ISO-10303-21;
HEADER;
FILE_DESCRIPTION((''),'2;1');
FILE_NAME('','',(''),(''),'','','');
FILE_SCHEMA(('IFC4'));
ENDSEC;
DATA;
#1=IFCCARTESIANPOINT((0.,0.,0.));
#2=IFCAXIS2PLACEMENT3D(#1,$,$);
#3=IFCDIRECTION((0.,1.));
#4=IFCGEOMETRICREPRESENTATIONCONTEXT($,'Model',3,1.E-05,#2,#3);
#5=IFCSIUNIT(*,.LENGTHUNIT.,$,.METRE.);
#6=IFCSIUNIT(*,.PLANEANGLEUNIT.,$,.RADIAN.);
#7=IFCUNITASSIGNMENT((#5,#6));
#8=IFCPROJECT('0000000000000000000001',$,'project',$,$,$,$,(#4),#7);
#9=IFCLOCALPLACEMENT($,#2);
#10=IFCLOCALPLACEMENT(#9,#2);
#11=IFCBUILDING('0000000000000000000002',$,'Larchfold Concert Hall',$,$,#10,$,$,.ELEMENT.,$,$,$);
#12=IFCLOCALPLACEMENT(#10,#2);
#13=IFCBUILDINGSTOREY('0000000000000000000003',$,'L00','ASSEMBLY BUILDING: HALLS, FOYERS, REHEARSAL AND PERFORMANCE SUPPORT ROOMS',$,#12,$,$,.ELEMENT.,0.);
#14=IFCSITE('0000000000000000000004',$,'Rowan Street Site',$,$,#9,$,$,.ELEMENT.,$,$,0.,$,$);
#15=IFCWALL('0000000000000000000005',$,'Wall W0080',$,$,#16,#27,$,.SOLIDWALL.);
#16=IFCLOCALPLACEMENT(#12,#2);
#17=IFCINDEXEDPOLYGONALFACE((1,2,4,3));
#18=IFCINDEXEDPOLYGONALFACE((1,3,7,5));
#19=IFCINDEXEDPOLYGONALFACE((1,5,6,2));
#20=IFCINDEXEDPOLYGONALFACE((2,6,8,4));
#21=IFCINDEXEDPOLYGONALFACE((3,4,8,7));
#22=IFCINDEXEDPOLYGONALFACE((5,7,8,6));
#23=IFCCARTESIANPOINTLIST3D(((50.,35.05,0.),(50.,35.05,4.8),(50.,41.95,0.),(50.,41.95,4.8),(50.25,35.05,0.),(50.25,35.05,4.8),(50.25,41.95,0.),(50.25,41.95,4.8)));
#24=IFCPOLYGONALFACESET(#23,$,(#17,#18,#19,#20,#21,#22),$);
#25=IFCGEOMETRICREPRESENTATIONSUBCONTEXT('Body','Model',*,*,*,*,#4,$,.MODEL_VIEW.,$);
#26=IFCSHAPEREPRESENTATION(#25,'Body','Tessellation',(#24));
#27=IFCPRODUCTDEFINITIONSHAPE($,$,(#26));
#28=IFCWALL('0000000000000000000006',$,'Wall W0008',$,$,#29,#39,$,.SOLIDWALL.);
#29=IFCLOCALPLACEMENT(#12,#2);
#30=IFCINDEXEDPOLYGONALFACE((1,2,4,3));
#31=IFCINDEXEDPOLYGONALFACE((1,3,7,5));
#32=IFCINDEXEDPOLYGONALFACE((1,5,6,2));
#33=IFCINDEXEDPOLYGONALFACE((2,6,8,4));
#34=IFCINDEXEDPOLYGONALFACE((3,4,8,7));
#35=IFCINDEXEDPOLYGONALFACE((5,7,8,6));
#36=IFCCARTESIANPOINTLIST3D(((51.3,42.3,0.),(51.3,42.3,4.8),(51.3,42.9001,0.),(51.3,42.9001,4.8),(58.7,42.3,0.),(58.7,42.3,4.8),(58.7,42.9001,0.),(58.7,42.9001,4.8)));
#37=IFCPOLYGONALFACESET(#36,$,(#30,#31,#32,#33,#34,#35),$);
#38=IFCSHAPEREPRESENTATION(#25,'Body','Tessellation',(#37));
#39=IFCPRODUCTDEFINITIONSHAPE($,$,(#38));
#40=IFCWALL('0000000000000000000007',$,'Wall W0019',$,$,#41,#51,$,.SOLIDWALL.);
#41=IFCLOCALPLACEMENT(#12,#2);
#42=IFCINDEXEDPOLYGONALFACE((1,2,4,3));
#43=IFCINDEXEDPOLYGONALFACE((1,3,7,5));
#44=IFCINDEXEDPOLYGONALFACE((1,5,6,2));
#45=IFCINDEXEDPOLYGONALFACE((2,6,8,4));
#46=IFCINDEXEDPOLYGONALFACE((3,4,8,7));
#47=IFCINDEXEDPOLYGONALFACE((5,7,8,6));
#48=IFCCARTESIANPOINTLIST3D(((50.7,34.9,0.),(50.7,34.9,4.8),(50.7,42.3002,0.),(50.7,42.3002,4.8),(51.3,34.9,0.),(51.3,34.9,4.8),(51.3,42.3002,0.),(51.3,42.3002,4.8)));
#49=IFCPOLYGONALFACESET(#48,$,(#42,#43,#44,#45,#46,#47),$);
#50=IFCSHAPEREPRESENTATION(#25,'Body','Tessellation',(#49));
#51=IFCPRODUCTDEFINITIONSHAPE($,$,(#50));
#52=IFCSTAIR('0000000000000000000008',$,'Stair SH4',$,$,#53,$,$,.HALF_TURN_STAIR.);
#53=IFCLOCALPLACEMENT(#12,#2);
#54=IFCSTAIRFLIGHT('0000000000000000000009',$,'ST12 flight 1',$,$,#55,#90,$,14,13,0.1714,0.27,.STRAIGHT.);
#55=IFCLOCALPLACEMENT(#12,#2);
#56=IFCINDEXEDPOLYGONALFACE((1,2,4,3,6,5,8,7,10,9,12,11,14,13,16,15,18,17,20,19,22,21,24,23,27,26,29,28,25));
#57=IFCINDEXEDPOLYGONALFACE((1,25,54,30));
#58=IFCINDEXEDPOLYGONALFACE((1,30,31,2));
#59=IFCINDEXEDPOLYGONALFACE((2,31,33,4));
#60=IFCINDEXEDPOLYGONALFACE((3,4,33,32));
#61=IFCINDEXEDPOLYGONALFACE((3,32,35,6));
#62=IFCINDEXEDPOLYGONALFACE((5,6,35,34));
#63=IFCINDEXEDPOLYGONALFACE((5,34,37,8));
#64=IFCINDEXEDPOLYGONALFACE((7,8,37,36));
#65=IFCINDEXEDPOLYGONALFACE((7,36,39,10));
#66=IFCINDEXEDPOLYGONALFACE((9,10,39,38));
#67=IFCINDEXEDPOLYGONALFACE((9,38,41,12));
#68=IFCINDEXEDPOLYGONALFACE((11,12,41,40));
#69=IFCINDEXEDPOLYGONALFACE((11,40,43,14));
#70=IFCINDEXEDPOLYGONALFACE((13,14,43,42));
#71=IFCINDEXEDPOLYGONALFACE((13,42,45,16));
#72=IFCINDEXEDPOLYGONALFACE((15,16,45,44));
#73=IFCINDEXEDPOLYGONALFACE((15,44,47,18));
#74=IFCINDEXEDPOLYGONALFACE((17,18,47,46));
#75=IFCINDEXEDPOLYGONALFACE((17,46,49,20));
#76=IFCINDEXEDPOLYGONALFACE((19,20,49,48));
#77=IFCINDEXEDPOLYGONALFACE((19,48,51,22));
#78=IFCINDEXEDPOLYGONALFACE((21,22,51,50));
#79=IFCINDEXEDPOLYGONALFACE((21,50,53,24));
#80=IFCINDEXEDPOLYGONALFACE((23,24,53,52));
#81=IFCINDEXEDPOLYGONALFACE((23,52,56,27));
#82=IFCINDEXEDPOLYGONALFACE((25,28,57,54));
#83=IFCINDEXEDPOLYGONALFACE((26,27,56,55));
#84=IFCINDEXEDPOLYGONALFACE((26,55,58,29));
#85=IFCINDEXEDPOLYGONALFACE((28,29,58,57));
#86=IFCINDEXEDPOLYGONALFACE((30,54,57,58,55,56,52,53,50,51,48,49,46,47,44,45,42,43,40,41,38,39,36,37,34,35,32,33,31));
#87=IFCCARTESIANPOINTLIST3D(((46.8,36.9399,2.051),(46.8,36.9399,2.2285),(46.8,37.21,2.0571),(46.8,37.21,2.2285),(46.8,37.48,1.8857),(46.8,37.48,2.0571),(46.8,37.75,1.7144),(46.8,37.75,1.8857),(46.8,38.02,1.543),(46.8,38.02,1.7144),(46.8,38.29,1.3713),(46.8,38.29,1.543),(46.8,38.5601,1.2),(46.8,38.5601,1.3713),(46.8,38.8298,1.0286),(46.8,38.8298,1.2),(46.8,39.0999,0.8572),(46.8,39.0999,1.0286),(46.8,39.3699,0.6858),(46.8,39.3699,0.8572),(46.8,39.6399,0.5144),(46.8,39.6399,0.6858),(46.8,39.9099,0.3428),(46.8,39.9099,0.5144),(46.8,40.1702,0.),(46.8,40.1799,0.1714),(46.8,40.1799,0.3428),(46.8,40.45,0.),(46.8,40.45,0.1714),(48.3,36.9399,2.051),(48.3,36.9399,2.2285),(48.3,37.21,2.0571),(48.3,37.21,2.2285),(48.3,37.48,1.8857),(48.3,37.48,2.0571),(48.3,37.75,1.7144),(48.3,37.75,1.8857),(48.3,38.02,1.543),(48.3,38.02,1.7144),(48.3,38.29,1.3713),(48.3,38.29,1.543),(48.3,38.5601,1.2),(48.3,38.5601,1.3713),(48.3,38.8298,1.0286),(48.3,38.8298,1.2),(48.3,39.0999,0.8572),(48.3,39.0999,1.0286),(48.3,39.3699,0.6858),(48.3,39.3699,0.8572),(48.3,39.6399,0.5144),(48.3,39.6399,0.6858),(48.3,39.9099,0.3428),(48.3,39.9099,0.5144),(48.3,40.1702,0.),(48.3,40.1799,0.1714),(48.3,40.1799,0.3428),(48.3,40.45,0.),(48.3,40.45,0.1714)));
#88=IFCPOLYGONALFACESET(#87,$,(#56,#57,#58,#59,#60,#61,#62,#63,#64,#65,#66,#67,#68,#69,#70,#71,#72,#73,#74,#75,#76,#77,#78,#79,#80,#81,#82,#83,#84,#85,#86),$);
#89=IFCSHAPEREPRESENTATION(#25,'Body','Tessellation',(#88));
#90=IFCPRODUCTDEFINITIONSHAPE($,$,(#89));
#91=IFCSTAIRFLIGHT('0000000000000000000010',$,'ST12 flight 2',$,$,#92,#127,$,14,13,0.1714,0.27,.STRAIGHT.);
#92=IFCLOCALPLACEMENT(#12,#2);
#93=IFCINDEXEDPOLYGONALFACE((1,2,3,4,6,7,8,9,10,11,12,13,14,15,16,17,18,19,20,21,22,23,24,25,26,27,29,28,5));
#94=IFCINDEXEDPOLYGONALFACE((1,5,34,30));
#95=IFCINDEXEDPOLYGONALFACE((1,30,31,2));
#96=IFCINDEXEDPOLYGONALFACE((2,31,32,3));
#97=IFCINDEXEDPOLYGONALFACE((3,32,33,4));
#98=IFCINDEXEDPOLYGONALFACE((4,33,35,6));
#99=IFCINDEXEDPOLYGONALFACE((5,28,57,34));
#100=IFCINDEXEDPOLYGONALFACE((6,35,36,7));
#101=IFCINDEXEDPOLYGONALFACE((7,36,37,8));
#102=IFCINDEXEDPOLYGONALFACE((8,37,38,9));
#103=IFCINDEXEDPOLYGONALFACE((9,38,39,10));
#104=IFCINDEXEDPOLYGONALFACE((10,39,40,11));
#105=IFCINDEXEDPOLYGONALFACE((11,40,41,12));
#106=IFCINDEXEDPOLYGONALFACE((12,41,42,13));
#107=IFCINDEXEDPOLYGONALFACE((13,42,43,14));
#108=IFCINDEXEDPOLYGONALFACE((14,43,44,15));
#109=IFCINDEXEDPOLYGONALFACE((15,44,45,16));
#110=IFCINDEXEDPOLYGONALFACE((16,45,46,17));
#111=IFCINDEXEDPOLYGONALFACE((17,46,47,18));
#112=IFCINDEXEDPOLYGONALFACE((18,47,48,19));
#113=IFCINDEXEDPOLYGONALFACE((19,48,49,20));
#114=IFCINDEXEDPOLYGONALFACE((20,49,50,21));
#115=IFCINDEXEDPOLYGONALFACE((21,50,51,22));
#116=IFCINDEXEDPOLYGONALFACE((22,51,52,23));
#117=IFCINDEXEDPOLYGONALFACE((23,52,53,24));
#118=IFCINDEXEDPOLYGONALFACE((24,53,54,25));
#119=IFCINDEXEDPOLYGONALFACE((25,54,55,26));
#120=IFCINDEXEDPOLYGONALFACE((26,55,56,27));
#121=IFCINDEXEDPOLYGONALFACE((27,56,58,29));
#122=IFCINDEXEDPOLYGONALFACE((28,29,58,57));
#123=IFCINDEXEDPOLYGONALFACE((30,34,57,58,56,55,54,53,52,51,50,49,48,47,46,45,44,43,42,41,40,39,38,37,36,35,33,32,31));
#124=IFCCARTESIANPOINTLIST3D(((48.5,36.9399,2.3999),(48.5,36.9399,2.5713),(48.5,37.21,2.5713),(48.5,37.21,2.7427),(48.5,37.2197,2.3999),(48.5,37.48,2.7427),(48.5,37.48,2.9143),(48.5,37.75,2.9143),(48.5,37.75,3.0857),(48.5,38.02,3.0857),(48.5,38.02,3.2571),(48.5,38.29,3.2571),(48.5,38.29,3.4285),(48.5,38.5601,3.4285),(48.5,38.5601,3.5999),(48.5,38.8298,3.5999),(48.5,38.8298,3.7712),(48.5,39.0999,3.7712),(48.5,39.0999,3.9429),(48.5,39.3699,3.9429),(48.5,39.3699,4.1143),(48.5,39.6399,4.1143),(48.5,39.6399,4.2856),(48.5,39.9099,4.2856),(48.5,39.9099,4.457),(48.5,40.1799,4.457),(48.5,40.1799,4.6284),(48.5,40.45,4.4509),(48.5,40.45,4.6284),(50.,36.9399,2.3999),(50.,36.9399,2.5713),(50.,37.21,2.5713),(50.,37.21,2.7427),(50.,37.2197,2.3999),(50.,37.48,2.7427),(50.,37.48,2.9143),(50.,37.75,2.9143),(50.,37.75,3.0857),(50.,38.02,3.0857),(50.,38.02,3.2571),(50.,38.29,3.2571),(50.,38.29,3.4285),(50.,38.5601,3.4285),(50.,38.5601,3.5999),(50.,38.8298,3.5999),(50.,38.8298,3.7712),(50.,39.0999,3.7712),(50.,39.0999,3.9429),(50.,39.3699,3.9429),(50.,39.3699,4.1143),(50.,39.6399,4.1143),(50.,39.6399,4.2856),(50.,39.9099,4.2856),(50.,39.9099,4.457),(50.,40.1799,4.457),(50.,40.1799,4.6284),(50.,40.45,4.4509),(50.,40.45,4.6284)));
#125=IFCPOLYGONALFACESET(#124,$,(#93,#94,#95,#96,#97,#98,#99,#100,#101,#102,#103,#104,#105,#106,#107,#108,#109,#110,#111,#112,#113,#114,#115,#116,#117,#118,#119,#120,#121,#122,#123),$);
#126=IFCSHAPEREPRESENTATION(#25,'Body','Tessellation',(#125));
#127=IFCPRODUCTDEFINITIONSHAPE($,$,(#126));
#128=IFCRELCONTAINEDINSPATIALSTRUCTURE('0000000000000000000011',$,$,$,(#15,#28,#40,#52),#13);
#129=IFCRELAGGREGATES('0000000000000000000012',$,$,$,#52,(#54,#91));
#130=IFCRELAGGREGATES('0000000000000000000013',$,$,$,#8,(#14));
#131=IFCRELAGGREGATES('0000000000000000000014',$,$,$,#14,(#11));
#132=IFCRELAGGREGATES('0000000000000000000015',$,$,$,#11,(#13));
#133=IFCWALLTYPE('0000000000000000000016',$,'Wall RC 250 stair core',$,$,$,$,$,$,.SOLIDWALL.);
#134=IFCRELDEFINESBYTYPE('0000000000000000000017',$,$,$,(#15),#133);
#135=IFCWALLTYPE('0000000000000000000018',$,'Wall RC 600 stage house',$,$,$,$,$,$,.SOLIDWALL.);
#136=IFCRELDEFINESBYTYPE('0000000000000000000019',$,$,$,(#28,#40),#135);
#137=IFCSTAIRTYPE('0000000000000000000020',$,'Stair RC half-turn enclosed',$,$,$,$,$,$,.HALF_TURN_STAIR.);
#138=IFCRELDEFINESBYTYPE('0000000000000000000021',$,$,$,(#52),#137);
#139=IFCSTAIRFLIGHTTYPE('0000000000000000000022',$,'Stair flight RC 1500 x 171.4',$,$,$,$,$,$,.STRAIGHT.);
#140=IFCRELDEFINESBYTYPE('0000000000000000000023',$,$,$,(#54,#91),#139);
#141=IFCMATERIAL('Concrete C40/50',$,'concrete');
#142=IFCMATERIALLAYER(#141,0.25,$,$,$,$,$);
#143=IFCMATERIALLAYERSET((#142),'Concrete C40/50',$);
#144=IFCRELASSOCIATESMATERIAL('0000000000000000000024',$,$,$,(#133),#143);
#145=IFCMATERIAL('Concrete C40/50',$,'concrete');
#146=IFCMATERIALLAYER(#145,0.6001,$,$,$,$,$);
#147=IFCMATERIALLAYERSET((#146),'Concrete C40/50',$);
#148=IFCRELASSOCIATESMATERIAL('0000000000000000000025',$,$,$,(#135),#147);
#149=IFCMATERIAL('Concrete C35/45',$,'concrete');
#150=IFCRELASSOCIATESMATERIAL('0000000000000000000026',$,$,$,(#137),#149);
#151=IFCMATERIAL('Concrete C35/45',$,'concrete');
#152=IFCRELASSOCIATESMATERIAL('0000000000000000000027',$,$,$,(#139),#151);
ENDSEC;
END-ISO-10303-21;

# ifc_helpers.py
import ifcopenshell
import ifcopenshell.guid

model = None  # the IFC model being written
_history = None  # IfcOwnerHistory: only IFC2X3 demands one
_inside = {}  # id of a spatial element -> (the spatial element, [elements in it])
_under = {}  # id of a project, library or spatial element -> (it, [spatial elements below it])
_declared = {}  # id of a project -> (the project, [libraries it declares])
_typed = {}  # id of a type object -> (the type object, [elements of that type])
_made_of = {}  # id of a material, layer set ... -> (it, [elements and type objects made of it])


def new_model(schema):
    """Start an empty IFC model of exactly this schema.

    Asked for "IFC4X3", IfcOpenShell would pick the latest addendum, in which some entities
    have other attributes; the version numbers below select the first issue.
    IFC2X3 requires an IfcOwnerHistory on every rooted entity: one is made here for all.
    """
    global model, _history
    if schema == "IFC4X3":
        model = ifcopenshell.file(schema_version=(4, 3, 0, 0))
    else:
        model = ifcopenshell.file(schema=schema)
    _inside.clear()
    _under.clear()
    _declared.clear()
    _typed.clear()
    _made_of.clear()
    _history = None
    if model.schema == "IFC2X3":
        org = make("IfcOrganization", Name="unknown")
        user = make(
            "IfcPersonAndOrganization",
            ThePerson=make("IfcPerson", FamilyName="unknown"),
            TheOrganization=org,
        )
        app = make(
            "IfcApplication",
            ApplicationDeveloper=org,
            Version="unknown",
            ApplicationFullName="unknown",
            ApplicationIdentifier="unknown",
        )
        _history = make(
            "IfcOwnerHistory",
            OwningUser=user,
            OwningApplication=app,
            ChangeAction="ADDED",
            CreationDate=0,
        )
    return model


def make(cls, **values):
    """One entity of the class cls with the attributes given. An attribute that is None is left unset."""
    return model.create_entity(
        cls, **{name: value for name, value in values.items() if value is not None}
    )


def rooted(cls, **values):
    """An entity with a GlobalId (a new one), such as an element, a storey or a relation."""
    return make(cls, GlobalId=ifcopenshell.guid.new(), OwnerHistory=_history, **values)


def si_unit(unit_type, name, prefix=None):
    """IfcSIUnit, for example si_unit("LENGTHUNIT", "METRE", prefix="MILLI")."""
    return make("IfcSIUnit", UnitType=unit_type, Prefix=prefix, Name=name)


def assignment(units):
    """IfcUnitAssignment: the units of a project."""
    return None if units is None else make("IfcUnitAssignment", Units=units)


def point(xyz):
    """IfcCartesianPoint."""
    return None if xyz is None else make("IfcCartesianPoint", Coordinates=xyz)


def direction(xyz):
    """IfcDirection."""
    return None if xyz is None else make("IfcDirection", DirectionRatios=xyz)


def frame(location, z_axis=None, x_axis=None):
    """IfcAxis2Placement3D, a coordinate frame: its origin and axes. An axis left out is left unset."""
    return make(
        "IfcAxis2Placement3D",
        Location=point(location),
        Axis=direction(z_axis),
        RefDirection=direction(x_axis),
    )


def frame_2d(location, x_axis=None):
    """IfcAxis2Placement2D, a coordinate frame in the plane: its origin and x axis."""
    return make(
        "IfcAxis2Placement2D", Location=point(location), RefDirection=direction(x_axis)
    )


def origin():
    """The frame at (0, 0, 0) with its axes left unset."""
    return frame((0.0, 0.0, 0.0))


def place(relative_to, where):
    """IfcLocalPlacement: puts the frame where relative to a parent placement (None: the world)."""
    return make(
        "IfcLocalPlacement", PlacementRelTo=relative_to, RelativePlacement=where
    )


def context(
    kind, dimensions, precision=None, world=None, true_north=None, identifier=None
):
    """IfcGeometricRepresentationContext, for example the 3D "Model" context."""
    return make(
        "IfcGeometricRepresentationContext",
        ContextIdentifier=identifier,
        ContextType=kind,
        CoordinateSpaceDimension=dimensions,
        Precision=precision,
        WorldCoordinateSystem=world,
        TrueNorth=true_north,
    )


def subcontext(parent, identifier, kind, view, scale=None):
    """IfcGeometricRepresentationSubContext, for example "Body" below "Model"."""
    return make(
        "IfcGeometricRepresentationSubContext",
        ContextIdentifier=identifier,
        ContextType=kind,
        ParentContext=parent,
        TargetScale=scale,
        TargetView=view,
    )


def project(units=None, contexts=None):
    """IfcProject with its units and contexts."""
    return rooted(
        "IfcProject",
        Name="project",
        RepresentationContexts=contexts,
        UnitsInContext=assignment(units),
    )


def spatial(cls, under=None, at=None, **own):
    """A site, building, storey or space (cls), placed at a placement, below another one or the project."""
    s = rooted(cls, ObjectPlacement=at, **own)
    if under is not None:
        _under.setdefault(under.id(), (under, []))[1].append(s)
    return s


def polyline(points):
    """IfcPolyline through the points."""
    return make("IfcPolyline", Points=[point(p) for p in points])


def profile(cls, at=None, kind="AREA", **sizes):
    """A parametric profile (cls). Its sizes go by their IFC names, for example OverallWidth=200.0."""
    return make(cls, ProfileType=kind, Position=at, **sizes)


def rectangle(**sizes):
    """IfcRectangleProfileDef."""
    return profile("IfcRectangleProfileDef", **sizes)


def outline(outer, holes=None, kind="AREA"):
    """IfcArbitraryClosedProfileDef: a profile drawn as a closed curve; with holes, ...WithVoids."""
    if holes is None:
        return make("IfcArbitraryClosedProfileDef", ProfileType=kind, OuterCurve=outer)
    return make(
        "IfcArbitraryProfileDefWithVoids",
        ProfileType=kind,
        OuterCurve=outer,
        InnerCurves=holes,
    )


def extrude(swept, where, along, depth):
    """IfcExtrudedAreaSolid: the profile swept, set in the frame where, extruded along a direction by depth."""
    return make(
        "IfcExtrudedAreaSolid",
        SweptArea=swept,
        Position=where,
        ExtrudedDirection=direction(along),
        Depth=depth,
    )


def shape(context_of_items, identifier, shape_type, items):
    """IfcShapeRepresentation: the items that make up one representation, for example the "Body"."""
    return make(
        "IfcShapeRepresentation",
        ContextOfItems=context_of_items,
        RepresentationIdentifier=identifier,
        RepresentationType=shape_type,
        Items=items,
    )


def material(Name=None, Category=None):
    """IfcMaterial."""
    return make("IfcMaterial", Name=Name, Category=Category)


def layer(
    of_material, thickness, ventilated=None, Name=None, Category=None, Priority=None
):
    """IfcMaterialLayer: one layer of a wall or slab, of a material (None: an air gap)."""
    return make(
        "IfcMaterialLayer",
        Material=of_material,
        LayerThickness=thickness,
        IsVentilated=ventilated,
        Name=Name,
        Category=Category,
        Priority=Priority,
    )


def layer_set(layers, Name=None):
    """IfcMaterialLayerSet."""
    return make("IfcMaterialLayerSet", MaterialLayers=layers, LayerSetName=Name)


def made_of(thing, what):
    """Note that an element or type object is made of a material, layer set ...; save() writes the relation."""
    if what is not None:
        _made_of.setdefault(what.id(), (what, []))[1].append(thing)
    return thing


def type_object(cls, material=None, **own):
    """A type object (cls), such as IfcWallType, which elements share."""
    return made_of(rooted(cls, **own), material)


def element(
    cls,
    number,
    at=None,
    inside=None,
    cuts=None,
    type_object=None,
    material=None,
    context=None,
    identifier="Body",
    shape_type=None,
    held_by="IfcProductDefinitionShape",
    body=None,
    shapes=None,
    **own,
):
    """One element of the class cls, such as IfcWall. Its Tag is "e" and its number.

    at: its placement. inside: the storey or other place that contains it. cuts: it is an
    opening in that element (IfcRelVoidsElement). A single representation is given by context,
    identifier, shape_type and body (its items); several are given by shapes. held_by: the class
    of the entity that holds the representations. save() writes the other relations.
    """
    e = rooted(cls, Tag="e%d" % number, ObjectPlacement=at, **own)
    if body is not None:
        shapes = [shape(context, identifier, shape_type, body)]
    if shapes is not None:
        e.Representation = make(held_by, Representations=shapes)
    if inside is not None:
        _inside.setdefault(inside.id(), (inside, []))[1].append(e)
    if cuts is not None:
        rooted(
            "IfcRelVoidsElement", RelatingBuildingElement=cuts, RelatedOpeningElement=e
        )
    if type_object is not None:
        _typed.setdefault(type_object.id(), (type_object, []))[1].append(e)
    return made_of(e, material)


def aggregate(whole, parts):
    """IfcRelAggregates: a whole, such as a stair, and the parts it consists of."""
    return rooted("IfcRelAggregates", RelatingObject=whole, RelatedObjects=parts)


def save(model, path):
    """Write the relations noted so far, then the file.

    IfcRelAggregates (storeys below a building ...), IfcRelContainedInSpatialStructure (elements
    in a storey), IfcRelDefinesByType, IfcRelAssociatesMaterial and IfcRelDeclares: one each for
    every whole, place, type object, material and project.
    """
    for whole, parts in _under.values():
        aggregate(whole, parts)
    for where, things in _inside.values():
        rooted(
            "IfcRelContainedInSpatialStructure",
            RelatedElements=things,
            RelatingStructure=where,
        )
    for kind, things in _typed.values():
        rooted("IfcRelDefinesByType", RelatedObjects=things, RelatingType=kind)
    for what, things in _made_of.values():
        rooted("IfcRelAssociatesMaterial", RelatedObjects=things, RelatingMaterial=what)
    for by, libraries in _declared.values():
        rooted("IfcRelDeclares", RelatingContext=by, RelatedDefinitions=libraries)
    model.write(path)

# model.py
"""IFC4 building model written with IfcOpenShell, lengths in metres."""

from ifc_helpers import new_model, si_unit, direction, frame, frame_2d, origin, place, context, subcontext, project, spatial, polyline, rectangle, outline, extrude, material, layer, layer_set, type_object, element, aggregate, save


model = new_model("IFC4")

# Units and contexts
model_context = context("Model", 3, precision=1e-05, world=origin(), true_north=direction((0.0, 1.0)))
body_context = subcontext(model_context, "Body", "Model", "MODEL_VIEW")
ifc_project = project(units=[si_unit("LENGTHUNIT", "METRE"), si_unit("PLANEANGLEUNIT", "RADIAN")], contexts=[model_context])

# Site, building, storey
site_placement = place(None, origin())
site = spatial("IfcSite", under=ifc_project, at=site_placement, Name="Rowan Street Site", CompositionType="ELEMENT", RefElevation=0.0)
building_placement = place(site_placement, origin())
building = spatial("IfcBuilding", under=site, at=building_placement, Name="Larchfold Concert Hall", CompositionType="ELEMENT")
storey_placement = place(building_placement, origin())
storey = spatial("IfcBuildingStorey", under=building, at=storey_placement, Name="L00", Description="ASSEMBLY BUILDING: HALLS, FOYERS, REHEARSAL AND PERFORMANCE SUPPORT ROOMS", CompositionType="ELEMENT", Elevation=0.0)

# Shared definitions
ifc_material_1 = material(Name="Concrete C40/50", Category="concrete")
ifc_layer_1 = layer(ifc_material_1, 0.25)
ifc_layer_set_1 = layer_set([ifc_layer_1], Name="Concrete C40/50")
wall_type_1 = type_object("IfcWallType", Name="Wall RC 250 stair core", PredefinedType="SOLIDWALL", material=ifc_layer_set_1)

# Walls
for number, where, z_axis, x_axis, name in (
    (1, (50.125, 35.05, 0.0), (0.0, 0.0, 1.0), (0.0, 1.0, 0.0), "Wall W0080"),
):
    element("IfcWall", number, at=place(storey_placement, frame(where, z_axis=z_axis, x_axis=x_axis)), inside=storey, type_object=wall_type_1, Name=name, PredefinedType="SOLIDWALL", context=body_context, shape_type="SweptSolid", body=[
        extrude(rectangle(XDim=6.8999, YDim=0.25, at=frame_2d((3.45, 0.0))), origin(), (0.0, 0.0, 1.0), 4.8),
    ])
ifc_material_2 = material(Name="Concrete C40/50", Category="concrete")
ifc_layer_2 = layer(ifc_material_2, 0.6001)
ifc_layer_set_2 = layer_set([ifc_layer_2], Name="Concrete C40/50")
wall_type_2 = type_object("IfcWallType", Name="Wall RC 600 stage house", PredefinedType="SOLIDWALL", material=ifc_layer_set_2)
wall_1_placement = place(storey_placement, frame((51.3, 42.6001, 0.0), z_axis=(0.0, 0.0, 1.0), x_axis=(1.0, 0.0, 0.0)))
element("IfcWall", 2, at=wall_1_placement, inside=storey, type_object=wall_type_2, Name="Wall W0008", PredefinedType="SOLIDWALL", context=body_context, shape_type="SweptSolid", body=[
    extrude(rectangle(XDim=7.3999, YDim=0.6001, at=frame_2d((3.7, 0.0))), origin(), (0.0, 0.0, 1.0), 4.8),
])
wall_2_placement = place(storey_placement, frame((51.0, 34.8999, 0.0), z_axis=(0.0, 0.0, 1.0), x_axis=(0.0, 1.0, 0.0)))
element("IfcWall", 3, at=wall_2_placement, inside=storey, type_object=wall_type_2, Name="Wall W0019", PredefinedType="SOLIDWALL", context=body_context, shape_type="SweptSolid", body=[
    extrude(rectangle(XDim=7.4001, YDim=0.6001, at=frame_2d((3.7002, 0.0))), origin(), (0.0, 0.0, 1.0), 4.8),
])

# Stair, stair flights
ifc_material_3 = material(Name="Concrete C35/45", Category="concrete")
stair_type = type_object("IfcStairType", Name="Stair RC half-turn enclosed", PredefinedType="HALF_TURN_STAIR", material=ifc_material_3)
stair_placement = place(storey_placement, origin())
stair = element("IfcStair", 4, at=stair_placement, inside=storey, type_object=stair_type, Name="Stair SH4", PredefinedType="HALF_TURN_STAIR")
ifc_material_4 = material(Name="Concrete C35/45", Category="concrete")
stair_flight_type = type_object("IfcStairFlightType", Name="Stair flight RC 1500 x 171.4", PredefinedType="STRAIGHT", material=ifc_material_4)
stair_flight_1_placement = place(storey_placement, frame((47.55, 40.45, 0.0), z_axis=(0.0, 0.0, 1.0), x_axis=(0.0, -1.0, 0.0)))
stair_flight_1 = element("IfcStairFlight", 5, at=stair_flight_1_placement, type_object=stair_flight_type, Name="ST12 flight 1", NumberOfRisers=14, NumberOfTreads=13, PredefinedType="STRAIGHT", RiserHeight=0.1714, TreadLength=0.27, context=body_context, shape_type="SweptSolid", body=[
    extrude(outline(polyline([(0.0, 0.0), (0.0, 0.1714), (0.27, 0.1714), (0.27, 0.3428), (0.54, 0.3428), (0.54, 0.5144), (0.8101, 0.5144), (0.8101, 0.6858), (1.0801, 0.6858), (1.0801, 0.8572), (1.3501, 0.8572), (1.3501, 1.0286), (1.6201, 1.0286), (1.6201, 1.2), (1.8899, 1.2), (1.8899, 1.3713), (2.1599, 1.3713), (2.1599, 1.543), (2.4299, 1.543), (2.4299, 1.7144), (2.7, 1.7144), (2.7, 1.8857), (2.97, 1.8857), (2.97, 2.0571), (3.24, 2.0571), (3.24, 2.2285), (3.51, 2.2285), (3.51, 2.3999), (3.51, 2.051), (0.2798, 0.0), (0.0, 0.0)])), frame((0.0, 0.75, 0.0), z_axis=(0.0, -1.0, 0.0), x_axis=(1.0, 0.0, 0.0)), (0.0, 0.0, 1.0), 1.5),
])
stair_flight_2_placement = place(storey_placement, frame((49.25, 36.9399, 2.3999), z_axis=(0.0, 0.0, 1.0), x_axis=(0.0, 1.0, 0.0)))
stair_flight_2 = element("IfcStairFlight", 6, at=stair_flight_2_placement, type_object=stair_flight_type, Name="ST12 flight 2", NumberOfRisers=14, NumberOfTreads=13, PredefinedType="STRAIGHT", RiserHeight=0.1714, TreadLength=0.27, context=body_context, shape_type="SweptSolid", body=[
    extrude(outline(polyline([(0.0, 0.0), (0.0, 0.1714), (0.27, 0.1714), (0.27, 0.3428), (0.54, 0.3428), (0.54, 0.5144), (0.8101, 0.5144), (0.8101, 0.6858), (1.0801, 0.6858), (1.0801, 0.8572), (1.3501, 0.8572), (1.3501, 1.0286), (1.6201, 1.0286), (1.6201, 1.2), (1.8899, 1.2), (1.8899, 1.3713), (2.1599, 1.3713), (2.1599, 1.543), (2.4299, 1.543), (2.4299, 1.7144), (2.7, 1.7144), (2.7, 1.8857), (2.97, 1.8857), (2.97, 2.0571), (3.24, 2.0571), (3.24, 2.2285), (3.51, 2.2285), (3.51, 2.3999), (3.51, 2.051), (0.2798, 0.0), (0.0, 0.0)])), frame((0.0, 0.75, 0.0), z_axis=(0.0, -1.0, 0.0), x_axis=(1.0, 0.0, 0.0)), (0.0, 0.0, 1.0), 1.5),
])
aggregate(stair, [stair_flight_1, stair_flight_2])

save(model, "model.ifc")
